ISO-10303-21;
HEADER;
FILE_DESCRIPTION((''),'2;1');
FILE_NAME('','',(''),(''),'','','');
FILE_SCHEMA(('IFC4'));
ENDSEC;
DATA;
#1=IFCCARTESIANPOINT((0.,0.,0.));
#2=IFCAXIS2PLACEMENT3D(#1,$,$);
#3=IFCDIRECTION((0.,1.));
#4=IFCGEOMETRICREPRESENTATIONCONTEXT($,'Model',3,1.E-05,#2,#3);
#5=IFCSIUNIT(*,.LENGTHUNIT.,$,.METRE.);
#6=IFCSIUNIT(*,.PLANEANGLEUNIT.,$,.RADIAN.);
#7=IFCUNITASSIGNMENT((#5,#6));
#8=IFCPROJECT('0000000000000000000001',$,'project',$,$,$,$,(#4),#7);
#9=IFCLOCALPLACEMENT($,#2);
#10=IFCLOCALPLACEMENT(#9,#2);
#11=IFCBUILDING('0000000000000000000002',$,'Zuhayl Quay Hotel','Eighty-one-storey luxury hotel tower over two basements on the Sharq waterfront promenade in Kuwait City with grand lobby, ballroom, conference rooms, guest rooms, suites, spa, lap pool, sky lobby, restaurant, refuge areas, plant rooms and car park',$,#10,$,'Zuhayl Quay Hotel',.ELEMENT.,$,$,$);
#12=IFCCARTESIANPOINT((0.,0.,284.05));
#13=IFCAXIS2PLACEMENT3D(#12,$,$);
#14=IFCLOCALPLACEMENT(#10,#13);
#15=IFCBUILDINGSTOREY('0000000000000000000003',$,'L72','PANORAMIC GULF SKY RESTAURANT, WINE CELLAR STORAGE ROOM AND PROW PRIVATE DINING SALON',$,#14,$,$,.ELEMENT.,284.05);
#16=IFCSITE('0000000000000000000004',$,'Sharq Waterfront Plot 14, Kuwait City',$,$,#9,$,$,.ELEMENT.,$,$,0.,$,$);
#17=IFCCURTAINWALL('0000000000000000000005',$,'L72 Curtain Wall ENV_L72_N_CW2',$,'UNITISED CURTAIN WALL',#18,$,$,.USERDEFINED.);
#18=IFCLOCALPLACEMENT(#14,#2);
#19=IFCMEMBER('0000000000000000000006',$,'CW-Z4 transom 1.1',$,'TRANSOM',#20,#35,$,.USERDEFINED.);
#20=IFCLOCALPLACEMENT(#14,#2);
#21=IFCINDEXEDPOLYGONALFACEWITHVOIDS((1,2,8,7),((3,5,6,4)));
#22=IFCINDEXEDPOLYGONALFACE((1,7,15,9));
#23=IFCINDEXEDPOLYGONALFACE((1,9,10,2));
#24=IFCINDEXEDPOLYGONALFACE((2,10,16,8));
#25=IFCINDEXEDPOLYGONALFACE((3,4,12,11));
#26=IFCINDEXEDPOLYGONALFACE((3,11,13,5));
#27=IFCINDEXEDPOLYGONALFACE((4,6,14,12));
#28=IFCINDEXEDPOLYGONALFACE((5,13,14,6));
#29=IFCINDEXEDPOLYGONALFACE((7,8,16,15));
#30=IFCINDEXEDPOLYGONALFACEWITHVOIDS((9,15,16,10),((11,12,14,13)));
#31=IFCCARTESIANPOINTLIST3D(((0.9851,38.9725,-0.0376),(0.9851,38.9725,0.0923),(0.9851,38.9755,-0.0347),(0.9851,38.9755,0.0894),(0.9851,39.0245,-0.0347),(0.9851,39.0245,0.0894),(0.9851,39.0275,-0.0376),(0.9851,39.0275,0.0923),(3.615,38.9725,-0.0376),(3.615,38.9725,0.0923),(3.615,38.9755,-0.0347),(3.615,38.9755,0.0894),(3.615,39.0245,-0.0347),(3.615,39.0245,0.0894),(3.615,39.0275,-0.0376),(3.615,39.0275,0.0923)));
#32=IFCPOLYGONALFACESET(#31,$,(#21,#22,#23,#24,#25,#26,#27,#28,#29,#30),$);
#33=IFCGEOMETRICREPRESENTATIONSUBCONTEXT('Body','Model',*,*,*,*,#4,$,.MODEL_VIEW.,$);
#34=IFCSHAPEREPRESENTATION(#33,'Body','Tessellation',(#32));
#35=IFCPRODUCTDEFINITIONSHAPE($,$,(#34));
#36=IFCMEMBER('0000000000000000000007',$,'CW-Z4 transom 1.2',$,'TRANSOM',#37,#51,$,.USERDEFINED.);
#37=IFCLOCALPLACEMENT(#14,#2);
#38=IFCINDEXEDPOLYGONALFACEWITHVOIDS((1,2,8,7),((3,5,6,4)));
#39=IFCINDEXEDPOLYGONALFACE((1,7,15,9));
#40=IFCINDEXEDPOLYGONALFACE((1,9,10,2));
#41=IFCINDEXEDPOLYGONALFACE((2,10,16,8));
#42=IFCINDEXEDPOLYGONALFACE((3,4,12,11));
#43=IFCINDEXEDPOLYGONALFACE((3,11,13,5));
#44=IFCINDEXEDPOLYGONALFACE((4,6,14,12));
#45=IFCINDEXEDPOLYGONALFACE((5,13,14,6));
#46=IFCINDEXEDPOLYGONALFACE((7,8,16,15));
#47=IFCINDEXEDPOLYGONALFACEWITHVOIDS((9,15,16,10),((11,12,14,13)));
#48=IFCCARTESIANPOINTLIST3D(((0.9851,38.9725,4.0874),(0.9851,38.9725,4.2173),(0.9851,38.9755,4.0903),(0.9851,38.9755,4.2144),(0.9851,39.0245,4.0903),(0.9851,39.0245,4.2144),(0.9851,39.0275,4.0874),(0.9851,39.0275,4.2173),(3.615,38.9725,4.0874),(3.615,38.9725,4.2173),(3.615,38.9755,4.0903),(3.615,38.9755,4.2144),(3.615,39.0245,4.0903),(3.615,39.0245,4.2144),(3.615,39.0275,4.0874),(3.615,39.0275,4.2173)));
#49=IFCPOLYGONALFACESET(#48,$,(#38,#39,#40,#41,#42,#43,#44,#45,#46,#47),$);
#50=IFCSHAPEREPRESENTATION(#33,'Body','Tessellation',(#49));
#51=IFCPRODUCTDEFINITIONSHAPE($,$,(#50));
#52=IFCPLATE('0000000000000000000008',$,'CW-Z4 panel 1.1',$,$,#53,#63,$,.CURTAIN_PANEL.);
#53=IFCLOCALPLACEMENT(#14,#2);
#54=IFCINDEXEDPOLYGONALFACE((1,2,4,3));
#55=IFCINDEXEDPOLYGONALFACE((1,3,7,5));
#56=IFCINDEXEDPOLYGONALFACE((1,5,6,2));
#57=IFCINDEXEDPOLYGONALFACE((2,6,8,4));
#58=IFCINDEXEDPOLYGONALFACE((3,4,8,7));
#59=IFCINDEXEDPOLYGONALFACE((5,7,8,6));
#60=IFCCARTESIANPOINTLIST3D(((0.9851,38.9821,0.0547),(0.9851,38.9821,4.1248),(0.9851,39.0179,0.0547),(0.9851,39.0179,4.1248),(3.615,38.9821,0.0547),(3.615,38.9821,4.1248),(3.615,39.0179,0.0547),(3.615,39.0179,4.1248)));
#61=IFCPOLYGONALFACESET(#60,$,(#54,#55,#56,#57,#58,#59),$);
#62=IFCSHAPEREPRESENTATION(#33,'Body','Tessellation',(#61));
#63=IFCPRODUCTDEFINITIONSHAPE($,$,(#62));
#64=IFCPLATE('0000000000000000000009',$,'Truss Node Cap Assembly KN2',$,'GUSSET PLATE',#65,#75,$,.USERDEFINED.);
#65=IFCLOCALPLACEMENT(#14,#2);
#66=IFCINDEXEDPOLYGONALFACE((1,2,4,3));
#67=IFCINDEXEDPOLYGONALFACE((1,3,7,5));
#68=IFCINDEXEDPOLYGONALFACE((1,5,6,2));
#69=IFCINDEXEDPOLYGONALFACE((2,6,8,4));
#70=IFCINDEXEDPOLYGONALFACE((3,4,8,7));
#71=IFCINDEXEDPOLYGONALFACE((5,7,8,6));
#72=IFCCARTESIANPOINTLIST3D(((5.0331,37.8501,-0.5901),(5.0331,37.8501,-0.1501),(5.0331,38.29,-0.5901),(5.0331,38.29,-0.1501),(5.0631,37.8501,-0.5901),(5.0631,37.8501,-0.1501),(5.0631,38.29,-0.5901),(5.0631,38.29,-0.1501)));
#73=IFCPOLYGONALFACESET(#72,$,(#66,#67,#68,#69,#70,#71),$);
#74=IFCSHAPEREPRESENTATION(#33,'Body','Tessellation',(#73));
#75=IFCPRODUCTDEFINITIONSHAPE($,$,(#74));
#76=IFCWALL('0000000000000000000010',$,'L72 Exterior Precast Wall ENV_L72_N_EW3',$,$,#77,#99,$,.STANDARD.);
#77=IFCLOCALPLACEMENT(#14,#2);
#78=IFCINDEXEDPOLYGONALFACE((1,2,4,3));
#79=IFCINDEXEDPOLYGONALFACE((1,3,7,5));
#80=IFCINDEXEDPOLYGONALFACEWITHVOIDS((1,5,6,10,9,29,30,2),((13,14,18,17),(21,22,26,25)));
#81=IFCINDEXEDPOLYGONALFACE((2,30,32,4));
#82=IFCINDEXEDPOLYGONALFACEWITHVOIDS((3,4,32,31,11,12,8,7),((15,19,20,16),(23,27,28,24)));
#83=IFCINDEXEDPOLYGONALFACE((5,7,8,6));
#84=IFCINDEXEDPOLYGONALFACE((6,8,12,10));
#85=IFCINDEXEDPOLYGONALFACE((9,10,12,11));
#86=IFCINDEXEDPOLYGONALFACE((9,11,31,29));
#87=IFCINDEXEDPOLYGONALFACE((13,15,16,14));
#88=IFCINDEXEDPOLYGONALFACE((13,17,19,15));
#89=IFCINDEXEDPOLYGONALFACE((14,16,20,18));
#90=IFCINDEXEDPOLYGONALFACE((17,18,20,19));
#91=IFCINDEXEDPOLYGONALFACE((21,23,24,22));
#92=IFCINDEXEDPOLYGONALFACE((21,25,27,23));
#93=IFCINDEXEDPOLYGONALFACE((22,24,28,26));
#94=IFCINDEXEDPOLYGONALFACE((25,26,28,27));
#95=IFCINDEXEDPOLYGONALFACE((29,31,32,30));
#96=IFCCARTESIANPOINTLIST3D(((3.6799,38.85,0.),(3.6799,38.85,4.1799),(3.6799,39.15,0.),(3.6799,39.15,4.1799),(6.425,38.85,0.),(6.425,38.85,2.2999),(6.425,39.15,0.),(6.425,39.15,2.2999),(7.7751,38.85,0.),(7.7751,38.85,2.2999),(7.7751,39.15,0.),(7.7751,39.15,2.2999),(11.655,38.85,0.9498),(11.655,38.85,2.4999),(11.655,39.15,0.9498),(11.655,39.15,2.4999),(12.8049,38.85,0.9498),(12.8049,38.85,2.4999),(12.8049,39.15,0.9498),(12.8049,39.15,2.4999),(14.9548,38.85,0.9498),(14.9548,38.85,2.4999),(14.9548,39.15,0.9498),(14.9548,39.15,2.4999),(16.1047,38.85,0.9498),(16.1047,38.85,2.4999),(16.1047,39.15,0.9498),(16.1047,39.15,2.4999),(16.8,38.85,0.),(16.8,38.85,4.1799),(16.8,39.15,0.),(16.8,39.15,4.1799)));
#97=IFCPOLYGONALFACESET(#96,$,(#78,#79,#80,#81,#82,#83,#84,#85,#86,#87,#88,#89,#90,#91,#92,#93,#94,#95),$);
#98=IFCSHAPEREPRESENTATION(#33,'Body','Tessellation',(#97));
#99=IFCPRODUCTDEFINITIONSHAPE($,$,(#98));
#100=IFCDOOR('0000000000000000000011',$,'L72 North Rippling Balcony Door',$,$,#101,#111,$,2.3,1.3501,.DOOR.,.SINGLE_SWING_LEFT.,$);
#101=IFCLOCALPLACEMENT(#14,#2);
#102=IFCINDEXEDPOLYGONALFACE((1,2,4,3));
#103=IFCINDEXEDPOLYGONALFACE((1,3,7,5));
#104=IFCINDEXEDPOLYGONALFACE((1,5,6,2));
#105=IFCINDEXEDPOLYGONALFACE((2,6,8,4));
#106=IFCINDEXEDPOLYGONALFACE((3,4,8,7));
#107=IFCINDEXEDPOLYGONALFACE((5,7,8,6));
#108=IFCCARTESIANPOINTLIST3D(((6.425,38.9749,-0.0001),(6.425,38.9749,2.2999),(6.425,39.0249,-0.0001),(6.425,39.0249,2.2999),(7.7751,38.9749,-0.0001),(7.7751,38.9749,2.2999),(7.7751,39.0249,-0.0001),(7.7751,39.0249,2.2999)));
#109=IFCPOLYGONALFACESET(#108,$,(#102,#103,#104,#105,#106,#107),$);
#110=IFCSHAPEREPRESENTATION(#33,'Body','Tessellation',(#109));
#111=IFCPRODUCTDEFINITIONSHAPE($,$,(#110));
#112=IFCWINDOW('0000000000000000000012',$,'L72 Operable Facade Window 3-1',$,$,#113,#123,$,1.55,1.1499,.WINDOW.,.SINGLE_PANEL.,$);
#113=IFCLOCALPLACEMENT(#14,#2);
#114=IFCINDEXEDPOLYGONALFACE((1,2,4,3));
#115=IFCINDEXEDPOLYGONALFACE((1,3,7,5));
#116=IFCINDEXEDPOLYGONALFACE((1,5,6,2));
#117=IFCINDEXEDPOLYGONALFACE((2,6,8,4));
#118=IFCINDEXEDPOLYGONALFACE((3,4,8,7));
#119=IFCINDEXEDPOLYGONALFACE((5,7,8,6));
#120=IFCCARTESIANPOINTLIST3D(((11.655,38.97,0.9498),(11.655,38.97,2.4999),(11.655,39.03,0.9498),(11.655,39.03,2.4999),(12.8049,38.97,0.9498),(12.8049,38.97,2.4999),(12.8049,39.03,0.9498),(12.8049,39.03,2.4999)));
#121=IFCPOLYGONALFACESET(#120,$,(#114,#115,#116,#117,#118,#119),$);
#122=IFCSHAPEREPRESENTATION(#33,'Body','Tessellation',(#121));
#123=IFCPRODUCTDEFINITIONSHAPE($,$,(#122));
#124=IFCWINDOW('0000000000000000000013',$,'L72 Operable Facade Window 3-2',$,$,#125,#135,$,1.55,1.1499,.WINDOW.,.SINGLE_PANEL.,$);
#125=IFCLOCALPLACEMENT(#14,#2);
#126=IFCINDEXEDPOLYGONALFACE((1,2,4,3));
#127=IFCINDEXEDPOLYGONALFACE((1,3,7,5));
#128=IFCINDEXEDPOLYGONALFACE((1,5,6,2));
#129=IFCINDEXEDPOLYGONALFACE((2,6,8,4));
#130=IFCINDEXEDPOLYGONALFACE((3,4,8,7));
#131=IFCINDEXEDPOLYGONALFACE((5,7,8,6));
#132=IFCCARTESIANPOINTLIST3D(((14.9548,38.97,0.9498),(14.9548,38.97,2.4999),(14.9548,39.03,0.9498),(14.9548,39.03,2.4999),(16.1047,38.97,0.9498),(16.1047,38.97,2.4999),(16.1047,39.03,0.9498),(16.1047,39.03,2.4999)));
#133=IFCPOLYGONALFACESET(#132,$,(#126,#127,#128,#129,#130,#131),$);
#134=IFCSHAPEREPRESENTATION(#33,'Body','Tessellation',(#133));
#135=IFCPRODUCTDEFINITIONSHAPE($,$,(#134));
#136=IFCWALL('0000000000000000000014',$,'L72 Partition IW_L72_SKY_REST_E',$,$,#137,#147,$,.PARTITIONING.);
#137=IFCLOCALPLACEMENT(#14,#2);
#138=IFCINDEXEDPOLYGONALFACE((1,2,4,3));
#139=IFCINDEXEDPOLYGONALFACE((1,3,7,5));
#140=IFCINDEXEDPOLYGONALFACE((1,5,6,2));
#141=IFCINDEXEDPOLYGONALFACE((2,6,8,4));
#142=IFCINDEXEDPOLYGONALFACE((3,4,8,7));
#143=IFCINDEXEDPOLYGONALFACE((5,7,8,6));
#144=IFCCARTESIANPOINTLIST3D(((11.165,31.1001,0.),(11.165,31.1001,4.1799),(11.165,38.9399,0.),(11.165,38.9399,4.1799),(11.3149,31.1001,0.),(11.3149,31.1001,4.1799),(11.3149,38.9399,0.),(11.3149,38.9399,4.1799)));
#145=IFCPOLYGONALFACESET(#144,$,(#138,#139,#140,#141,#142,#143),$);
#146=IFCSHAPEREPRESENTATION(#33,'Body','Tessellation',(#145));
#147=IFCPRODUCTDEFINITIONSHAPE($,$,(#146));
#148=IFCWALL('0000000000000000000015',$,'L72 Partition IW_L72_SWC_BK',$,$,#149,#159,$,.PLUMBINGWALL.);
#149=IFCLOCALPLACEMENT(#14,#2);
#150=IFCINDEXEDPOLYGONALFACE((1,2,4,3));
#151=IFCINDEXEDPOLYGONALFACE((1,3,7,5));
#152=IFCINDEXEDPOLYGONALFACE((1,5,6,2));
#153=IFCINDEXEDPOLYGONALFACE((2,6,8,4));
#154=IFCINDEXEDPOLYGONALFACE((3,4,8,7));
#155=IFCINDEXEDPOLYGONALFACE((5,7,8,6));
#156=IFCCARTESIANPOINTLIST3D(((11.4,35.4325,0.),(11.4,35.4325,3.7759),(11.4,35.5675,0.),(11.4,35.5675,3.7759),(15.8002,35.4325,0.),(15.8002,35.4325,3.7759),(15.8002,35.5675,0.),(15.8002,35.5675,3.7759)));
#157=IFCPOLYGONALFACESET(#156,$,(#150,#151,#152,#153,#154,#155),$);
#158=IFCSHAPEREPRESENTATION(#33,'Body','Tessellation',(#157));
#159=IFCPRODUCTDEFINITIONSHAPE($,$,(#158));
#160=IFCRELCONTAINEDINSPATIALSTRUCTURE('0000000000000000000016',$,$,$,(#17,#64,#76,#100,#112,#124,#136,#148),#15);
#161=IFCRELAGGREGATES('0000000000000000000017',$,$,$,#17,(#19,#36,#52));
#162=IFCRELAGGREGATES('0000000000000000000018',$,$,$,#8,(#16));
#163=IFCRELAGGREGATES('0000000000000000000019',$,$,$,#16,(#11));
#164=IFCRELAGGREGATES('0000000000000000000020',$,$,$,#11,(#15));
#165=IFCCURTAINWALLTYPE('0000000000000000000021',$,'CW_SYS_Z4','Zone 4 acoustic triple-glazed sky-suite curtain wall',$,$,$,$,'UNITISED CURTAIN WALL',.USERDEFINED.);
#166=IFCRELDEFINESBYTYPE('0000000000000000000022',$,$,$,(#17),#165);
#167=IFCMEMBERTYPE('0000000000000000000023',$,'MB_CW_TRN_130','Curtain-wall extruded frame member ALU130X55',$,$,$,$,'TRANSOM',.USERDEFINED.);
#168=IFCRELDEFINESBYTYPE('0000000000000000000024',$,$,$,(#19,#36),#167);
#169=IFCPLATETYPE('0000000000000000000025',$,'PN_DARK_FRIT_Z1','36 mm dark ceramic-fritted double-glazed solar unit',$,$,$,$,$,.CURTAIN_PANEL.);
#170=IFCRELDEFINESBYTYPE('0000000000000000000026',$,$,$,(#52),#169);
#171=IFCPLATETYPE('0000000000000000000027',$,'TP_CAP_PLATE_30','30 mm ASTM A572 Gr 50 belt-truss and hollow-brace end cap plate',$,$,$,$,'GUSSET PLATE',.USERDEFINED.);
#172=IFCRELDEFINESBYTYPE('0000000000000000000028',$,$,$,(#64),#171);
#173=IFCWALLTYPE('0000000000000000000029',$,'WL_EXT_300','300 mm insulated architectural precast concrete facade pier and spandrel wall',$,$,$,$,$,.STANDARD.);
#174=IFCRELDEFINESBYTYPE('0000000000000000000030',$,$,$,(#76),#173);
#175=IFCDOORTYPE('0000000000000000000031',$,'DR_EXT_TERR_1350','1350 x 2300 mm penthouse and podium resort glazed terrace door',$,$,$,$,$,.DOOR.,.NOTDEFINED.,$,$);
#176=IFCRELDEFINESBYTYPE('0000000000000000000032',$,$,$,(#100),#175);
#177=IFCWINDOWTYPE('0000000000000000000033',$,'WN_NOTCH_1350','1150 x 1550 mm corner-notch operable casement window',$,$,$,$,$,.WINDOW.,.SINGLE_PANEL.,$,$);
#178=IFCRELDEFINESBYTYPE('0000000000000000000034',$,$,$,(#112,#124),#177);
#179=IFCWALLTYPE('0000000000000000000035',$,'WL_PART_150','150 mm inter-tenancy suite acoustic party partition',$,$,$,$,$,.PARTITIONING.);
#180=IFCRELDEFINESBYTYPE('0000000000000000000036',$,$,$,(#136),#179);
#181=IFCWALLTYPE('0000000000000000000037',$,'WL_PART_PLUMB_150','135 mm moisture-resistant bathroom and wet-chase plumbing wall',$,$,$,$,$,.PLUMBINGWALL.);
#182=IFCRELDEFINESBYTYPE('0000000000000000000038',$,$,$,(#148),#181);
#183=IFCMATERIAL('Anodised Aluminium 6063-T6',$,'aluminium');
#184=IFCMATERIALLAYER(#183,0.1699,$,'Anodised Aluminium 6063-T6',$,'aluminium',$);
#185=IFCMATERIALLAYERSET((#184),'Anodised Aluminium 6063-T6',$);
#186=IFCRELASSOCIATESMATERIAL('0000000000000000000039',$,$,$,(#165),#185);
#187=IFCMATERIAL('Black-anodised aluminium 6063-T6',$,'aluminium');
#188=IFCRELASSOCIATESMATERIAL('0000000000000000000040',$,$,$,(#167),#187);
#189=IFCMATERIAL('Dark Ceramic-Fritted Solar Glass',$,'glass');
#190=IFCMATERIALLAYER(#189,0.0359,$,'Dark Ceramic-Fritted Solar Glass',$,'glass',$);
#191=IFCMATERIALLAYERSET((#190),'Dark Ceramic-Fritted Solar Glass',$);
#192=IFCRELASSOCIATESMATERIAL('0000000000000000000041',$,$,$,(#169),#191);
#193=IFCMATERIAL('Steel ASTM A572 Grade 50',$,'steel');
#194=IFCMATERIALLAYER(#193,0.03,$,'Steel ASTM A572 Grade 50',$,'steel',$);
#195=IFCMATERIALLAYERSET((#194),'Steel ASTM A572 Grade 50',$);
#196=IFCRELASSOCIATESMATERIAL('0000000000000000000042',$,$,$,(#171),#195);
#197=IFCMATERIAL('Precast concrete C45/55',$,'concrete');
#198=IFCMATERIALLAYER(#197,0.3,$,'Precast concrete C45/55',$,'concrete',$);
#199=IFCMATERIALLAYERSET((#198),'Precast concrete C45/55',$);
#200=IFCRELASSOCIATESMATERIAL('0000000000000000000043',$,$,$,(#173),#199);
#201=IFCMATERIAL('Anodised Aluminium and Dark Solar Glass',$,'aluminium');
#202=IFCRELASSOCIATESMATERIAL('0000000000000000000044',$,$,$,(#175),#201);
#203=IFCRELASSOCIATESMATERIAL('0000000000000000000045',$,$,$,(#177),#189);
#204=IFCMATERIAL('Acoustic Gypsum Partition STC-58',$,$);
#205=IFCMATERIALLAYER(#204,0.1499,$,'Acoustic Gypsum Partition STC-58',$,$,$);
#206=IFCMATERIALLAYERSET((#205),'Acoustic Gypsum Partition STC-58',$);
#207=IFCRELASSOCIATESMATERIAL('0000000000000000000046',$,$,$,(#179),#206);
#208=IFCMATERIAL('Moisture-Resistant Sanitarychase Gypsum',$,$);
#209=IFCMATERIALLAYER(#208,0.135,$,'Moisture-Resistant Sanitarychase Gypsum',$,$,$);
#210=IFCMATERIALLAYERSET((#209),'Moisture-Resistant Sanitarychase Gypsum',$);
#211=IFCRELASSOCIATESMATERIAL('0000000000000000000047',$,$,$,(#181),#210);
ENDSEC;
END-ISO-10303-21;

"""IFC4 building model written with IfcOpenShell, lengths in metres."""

from ifc_helpers import new_model, si_unit, direction, frame, frame_2d, origin, origin_2d, place, context, subcontext, project, spatial, rectangle, hollow_rectangle, extrude, material, layer, layer_set, material_profile, profile_set, type_object, element, fill, aggregate, save


model = new_model("IFC4")

# Units and contexts
model_context = context("Model", 3, precision=1e-05, world=origin(), true_north=direction((0.0, 1.0)))
body_context = subcontext(model_context, "Body", "Model", "MODEL_VIEW")
ifc_project = project(units=[si_unit("LENGTHUNIT", "METRE"), si_unit("PLANEANGLEUNIT", "RADIAN")], contexts=[model_context])

# Site, building, storey
site_placement = place(None, origin())
site = spatial("IfcSite", under=ifc_project, at=site_placement, Name="Sharq Waterfront Plot 14, Kuwait City", CompositionType="ELEMENT", RefElevation=0.0)
building_placement = place(site_placement, origin())
building = spatial("IfcBuilding", under=site, at=building_placement, Name="Zuhayl Quay Hotel", Description="Eighty-one-storey luxury hotel tower over two basements on the Sharq waterfront promenade in Kuwait City with grand lobby, ballroom, conference rooms, guest rooms, suites, spa, lap pool, sky lobby, restaurant, refuge areas, plant rooms and car park", LongName="Zuhayl Quay Hotel", CompositionType="ELEMENT")
storey_placement = place(building_placement, frame((0.0, 0.0, 284.05)))
storey = spatial("IfcBuildingStorey", under=building, at=storey_placement, Name="L72", Description="PANORAMIC GULF SKY RESTAURANT, WINE CELLAR STORAGE ROOM AND PROW PRIVATE DINING SALON", CompositionType="ELEMENT", Elevation=284.05)

# Curtain wall, members, plate
ifc_material_1 = material(Name="Anodised Aluminium 6063-T6", Category="aluminium")
ifc_layer_1 = layer(ifc_material_1, 0.1699, Name="Anodised Aluminium 6063-T6", Category="aluminium")
ifc_layer_set_1 = layer_set([ifc_layer_1], Name="Anodised Aluminium 6063-T6")
curtain_wall_type = type_object("IfcCurtainWallType", Name="CW_SYS_Z4", Description="Zone 4 acoustic triple-glazed sky-suite curtain wall", ElementType="UNITISED CURTAIN WALL", PredefinedType="USERDEFINED", material=ifc_layer_set_1)
curtain_wall_placement = place(storey_placement, origin())
curtain_wall = element("IfcCurtainWall", 1, at=curtain_wall_placement, inside=storey, type_object=curtain_wall_type, Name="L72 Curtain Wall ENV_L72_N_CW2", ObjectType="UNITISED CURTAIN WALL", PredefinedType="USERDEFINED")
ifc_material_2 = material(Name="Black-anodised aluminium 6063-T6", Category="aluminium")
ifc_material_profile_1 = material_profile(ifc_material_2, hollow_rectangle(XDim=0.0549, YDim=0.1299, WallThickness=0.0029, at=origin_2d()), Name="ALU130X55")
ifc_profile_set_1 = profile_set([ifc_material_profile_1], Name="Black-anodised aluminium 6063-T6")
member_type_1 = type_object("IfcMemberType", Name="MB_CW_TRN_130", Description="Curtain-wall extruded frame member ALU130X55", ElementType="TRANSOM", PredefinedType="USERDEFINED", material=ifc_profile_set_1)
member_1_placement = place(storey_placement, frame((0.9851, 39.0, 0.0273), z_axis=(1.0, 0.0, 0.0), x_axis=(0.0, 1.0, 0.0)))
member_1 = element("IfcMember", 2, at=member_1_placement, type_object=member_type_1, Name="CW-Z4 transom 1.1", ObjectType="TRANSOM", PredefinedType="USERDEFINED", context=body_context, shape_type="SweptSolid", body=[
    extrude(hollow_rectangle(XDim=0.0549, YDim=0.1299, WallThickness=0.0029, at=origin_2d()), origin(), (0.0, 0.0, 1.0), 2.6299),
])
member_2_placement = place(storey_placement, frame((0.9851, 39.0, 4.1523), z_axis=(1.0, 0.0, 0.0), x_axis=(0.0, 1.0, 0.0)))
member_2 = element("IfcMember", 3, at=member_2_placement, type_object=member_type_1, Name="CW-Z4 transom 1.2", ObjectType="TRANSOM", PredefinedType="USERDEFINED", context=body_context, shape_type="SweptSolid", body=[
    extrude(hollow_rectangle(XDim=0.0549, YDim=0.1299, WallThickness=0.0029, at=origin_2d()), origin(), (0.0, 0.0, 1.0), 2.6299),
])
ifc_material_3 = material(Name="Dark Ceramic-Fritted Solar Glass", Category="glass")
ifc_layer_2 = layer(ifc_material_3, 0.0359, Name="Dark Ceramic-Fritted Solar Glass", Category="glass")
ifc_layer_set_2 = layer_set([ifc_layer_2], Name="Dark Ceramic-Fritted Solar Glass")
plate_type_1 = type_object("IfcPlateType", Name="PN_DARK_FRIT_Z1", Description="36 mm dark ceramic-fritted double-glazed solar unit", PredefinedType="CURTAIN_PANEL", material=ifc_layer_set_2)
plate_1_placement = place(storey_placement, frame((2.3, 39.0, 0.0547), z_axis=(0.0, 0.0, 1.0), x_axis=(1.0, 0.0, 0.0)))
plate_1 = element("IfcPlate", 4, at=plate_1_placement, type_object=plate_type_1, Name="CW-Z4 panel 1.1", PredefinedType="CURTAIN_PANEL", context=body_context, shape_type="SweptSolid", body=[
    extrude(rectangle(XDim=2.6299, YDim=0.0359, at=origin_2d()), origin(), (0.0, 0.0, 1.0), 4.0701),
])
aggregate(curtain_wall, [member_1, member_2, plate_1])

# Plate
ifc_material_4 = material(Name="Steel ASTM A572 Grade 50", Category="steel")
ifc_layer_3 = layer(ifc_material_4, 0.03, Name="Steel ASTM A572 Grade 50", Category="steel")
ifc_layer_set_3 = layer_set([ifc_layer_3], Name="Steel ASTM A572 Grade 50")
plate_type_2 = type_object("IfcPlateType", Name="TP_CAP_PLATE_30", Description="30 mm ASTM A572 Gr 50 belt-truss and hollow-brace end cap plate", ElementType="GUSSET PLATE", PredefinedType="USERDEFINED", material=ifc_layer_set_3)
plate_2_placement = place(storey_placement, frame((5.0481, 38.0701, -0.5901), z_axis=(0.0, 0.0, 1.0), x_axis=(-1.0, 0.0, 0.0)))
element("IfcPlate", 5, at=plate_2_placement, inside=storey, type_object=plate_type_2, Name="Truss Node Cap Assembly KN2", ObjectType="GUSSET PLATE", PredefinedType="USERDEFINED", context=body_context, shape_type="SweptSolid", body=[
    extrude(rectangle(XDim=0.03, YDim=0.4399, at=origin_2d()), origin(), (0.0, 0.0, 1.0), 0.4399),
])

# Wall, openings, door, windows
ifc_material_5 = material(Name="Precast concrete C45/55", Category="concrete")
ifc_layer_4 = layer(ifc_material_5, 0.3, Name="Precast concrete C45/55", Category="concrete")
ifc_layer_set_4 = layer_set([ifc_layer_4], Name="Precast concrete C45/55")
wall_type_1 = type_object("IfcWallType", Name="WL_EXT_300", Description="300 mm insulated architectural precast concrete facade pier and spandrel wall", PredefinedType="STANDARD", material=ifc_layer_set_4)
wall_1_placement = place(storey_placement, frame((3.6799, 39.0, 0.0), z_axis=(0.0, 0.0, 1.0), x_axis=(1.0, 0.0, 0.0)))
wall_1 = element("IfcWall", 6, at=wall_1_placement, inside=storey, type_object=wall_type_1, Name="L72 Exterior Precast Wall ENV_L72_N_EW3", PredefinedType="STANDARD", context=body_context, shape_type="SweptSolid", body=[
    extrude(rectangle(XDim=13.1201, YDim=0.3, at=frame_2d((6.5601, 0.0))), origin(), (0.0, 0.0, 1.0), 4.1799),
])
opening_1_placement = place(wall_1_placement, frame((2.7451, 0.0, 0.0)))
opening_1 = element("IfcOpeningElement", 7, at=opening_1_placement, cuts=wall_1, PredefinedType="OPENING", context=body_context, shape_type="SweptSolid", body=[
    extrude(rectangle(XDim=1.3501, YDim=2.3, at=frame_2d((0.675, 1.1499))), frame((0.0, 0.1599, 0.0), z_axis=(0.0, -1.0, 0.0), x_axis=(1.0, 0.0, 0.0)), (0.0, 0.0, 1.0), 0.3201),
])
opening_2_placement = place(wall_1_placement, frame((7.9751, 0.0, 0.95)))
opening_2 = element("IfcOpeningElement", 8, at=opening_2_placement, cuts=wall_1, PredefinedType="OPENING", context=body_context, shape_type="SweptSolid", body=[
    extrude(rectangle(XDim=1.1499, YDim=1.55, at=frame_2d((0.575, 0.7749))), frame((0.0, 0.1599, 0.0), z_axis=(0.0, -1.0, 0.0), x_axis=(1.0, 0.0, 0.0)), (0.0, 0.0, 1.0), 0.3201),
])
opening_3_placement = place(wall_1_placement, frame((11.2749, 0.0, 0.95)))
opening_3 = element("IfcOpeningElement", 9, at=opening_3_placement, cuts=wall_1, PredefinedType="OPENING", context=body_context, shape_type="SweptSolid", body=[
    extrude(rectangle(XDim=1.1499, YDim=1.55, at=frame_2d((0.575, 0.7749))), frame((0.0, 0.1599, 0.0), z_axis=(0.0, -1.0, 0.0), x_axis=(1.0, 0.0, 0.0)), (0.0, 0.0, 1.0), 0.3201),
])
ifc_material_6 = material(Name="Anodised Aluminium and Dark Solar Glass", Category="aluminium")
door_type_1 = type_object("IfcDoorType", Name="DR_EXT_TERR_1350", Description="1350 x 2300 mm penthouse and podium resort glazed terrace door", OperationType="NOTDEFINED", PredefinedType="DOOR", material=ifc_material_6)
door_1_placement = place(opening_1_placement, origin())
door_1 = element("IfcDoor", 10, at=door_1_placement, inside=storey, type_object=door_type_1, Name="L72 North Rippling Balcony Door", OperationType="SINGLE_SWING_LEFT", OverallHeight=2.3, OverallWidth=1.3501, PredefinedType="DOOR", context=body_context, shape_type="SweptSolid", body=[
    extrude(rectangle(XDim=1.3501, YDim=2.3, at=frame_2d((0.675, 1.1499))), frame((0.0, 0.0249, 0.0), z_axis=(0.0, -1.0, 0.0), x_axis=(1.0, 0.0, 0.0)), (0.0, 0.0, 1.0), 0.05),
])
fill(opening_1, door_1)
window_type = type_object("IfcWindowType", Name="WN_NOTCH_1350", Description="1150 x 1550 mm corner-notch operable casement window", PartitioningType="SINGLE_PANEL", PredefinedType="WINDOW", material=ifc_material_3)
window_1_placement = place(opening_2_placement, origin())
window_1 = element("IfcWindow", 11, at=window_1_placement, inside=storey, type_object=window_type, Name="L72 Operable Facade Window 3-1", OverallHeight=1.55, OverallWidth=1.1499, PartitioningType="SINGLE_PANEL", PredefinedType="WINDOW", context=body_context, shape_type="SweptSolid", body=[
    extrude(rectangle(XDim=1.1499, YDim=1.55, at=frame_2d((0.575, 0.7749))), frame((0.0, 0.03, 0.0), z_axis=(0.0, -1.0, 0.0), x_axis=(1.0, 0.0, 0.0)), (0.0, 0.0, 1.0), 0.0601),
])
fill(opening_2, window_1)
window_2_placement = place(opening_3_placement, origin())
window_2 = element("IfcWindow", 12, at=window_2_placement, inside=storey, type_object=window_type, Name="L72 Operable Facade Window 3-2", OverallHeight=1.55, OverallWidth=1.1499, PartitioningType="SINGLE_PANEL", PredefinedType="WINDOW", context=body_context, shape_type="SweptSolid", body=[
    extrude(rectangle(XDim=1.1499, YDim=1.55, at=frame_2d((0.575, 0.7749))), frame((0.0, 0.03, 0.0), z_axis=(0.0, -1.0, 0.0), x_axis=(1.0, 0.0, 0.0)), (0.0, 0.0, 1.0), 0.0601),
])
fill(opening_3, window_2)

# Wall
ifc_material_7 = material(Name="Acoustic Gypsum Partition STC-58")
ifc_layer_5 = layer(ifc_material_7, 0.1499, Name="Acoustic Gypsum Partition STC-58")
ifc_layer_set_5 = layer_set([ifc_layer_5], Name="Acoustic Gypsum Partition STC-58")
wall_type_2 = type_object("IfcWallType", Name="WL_PART_150", Description="150 mm inter-tenancy suite acoustic party partition", PredefinedType="PARTITIONING", material=ifc_layer_set_5)
wall_2_placement = place(storey_placement, frame((11.24, 31.1001, 0.0), z_axis=(0.0, 0.0, 1.0), x_axis=(0.0, 1.0, 0.0)))
element("IfcWall", 13, at=wall_2_placement, inside=storey, type_object=wall_type_2, Name="L72 Partition IW_L72_SKY_REST_E", PredefinedType="PARTITIONING", context=body_context, shape_type="SweptSolid", body=[
    extrude(rectangle(XDim=7.8398, YDim=0.1499, at=frame_2d((3.9199, 0.0))), origin(), (0.0, 0.0, 1.0), 4.1799),
])

# Shared definitions
ifc_material_8 = material(Name="Moisture-Resistant Sanitarychase Gypsum")
ifc_layer_6 = layer(ifc_material_8, 0.135, Name="Moisture-Resistant Sanitarychase Gypsum")
ifc_layer_set_6 = layer_set([ifc_layer_6], Name="Moisture-Resistant Sanitarychase Gypsum")
wall_type_3 = type_object("IfcWallType", Name="WL_PART_PLUMB_150", Description="135 mm moisture-resistant bathroom and wet-chase plumbing wall", PredefinedType="PLUMBINGWALL", material=ifc_layer_set_6)

# Wall
wall_3_placement = place(storey_placement, frame((11.3999, 35.5, 0.0), z_axis=(0.0, 0.0, 1.0), x_axis=(1.0, 0.0, 0.0)))
element("IfcWall", 14, at=wall_3_placement, inside=storey, type_object=wall_type_3, Name="L72 Partition IW_L72_SWC_BK", PredefinedType="PLUMBINGWALL", context=body_context, shape_type="SweptSolid", body=[
    extrude(rectangle(XDim=4.4001, YDim=0.135, at=frame_2d((2.2002, 0.0))), origin(), (0.0, 0.0, 1.0), 3.7759),
])

save(model, "model.ifc")
